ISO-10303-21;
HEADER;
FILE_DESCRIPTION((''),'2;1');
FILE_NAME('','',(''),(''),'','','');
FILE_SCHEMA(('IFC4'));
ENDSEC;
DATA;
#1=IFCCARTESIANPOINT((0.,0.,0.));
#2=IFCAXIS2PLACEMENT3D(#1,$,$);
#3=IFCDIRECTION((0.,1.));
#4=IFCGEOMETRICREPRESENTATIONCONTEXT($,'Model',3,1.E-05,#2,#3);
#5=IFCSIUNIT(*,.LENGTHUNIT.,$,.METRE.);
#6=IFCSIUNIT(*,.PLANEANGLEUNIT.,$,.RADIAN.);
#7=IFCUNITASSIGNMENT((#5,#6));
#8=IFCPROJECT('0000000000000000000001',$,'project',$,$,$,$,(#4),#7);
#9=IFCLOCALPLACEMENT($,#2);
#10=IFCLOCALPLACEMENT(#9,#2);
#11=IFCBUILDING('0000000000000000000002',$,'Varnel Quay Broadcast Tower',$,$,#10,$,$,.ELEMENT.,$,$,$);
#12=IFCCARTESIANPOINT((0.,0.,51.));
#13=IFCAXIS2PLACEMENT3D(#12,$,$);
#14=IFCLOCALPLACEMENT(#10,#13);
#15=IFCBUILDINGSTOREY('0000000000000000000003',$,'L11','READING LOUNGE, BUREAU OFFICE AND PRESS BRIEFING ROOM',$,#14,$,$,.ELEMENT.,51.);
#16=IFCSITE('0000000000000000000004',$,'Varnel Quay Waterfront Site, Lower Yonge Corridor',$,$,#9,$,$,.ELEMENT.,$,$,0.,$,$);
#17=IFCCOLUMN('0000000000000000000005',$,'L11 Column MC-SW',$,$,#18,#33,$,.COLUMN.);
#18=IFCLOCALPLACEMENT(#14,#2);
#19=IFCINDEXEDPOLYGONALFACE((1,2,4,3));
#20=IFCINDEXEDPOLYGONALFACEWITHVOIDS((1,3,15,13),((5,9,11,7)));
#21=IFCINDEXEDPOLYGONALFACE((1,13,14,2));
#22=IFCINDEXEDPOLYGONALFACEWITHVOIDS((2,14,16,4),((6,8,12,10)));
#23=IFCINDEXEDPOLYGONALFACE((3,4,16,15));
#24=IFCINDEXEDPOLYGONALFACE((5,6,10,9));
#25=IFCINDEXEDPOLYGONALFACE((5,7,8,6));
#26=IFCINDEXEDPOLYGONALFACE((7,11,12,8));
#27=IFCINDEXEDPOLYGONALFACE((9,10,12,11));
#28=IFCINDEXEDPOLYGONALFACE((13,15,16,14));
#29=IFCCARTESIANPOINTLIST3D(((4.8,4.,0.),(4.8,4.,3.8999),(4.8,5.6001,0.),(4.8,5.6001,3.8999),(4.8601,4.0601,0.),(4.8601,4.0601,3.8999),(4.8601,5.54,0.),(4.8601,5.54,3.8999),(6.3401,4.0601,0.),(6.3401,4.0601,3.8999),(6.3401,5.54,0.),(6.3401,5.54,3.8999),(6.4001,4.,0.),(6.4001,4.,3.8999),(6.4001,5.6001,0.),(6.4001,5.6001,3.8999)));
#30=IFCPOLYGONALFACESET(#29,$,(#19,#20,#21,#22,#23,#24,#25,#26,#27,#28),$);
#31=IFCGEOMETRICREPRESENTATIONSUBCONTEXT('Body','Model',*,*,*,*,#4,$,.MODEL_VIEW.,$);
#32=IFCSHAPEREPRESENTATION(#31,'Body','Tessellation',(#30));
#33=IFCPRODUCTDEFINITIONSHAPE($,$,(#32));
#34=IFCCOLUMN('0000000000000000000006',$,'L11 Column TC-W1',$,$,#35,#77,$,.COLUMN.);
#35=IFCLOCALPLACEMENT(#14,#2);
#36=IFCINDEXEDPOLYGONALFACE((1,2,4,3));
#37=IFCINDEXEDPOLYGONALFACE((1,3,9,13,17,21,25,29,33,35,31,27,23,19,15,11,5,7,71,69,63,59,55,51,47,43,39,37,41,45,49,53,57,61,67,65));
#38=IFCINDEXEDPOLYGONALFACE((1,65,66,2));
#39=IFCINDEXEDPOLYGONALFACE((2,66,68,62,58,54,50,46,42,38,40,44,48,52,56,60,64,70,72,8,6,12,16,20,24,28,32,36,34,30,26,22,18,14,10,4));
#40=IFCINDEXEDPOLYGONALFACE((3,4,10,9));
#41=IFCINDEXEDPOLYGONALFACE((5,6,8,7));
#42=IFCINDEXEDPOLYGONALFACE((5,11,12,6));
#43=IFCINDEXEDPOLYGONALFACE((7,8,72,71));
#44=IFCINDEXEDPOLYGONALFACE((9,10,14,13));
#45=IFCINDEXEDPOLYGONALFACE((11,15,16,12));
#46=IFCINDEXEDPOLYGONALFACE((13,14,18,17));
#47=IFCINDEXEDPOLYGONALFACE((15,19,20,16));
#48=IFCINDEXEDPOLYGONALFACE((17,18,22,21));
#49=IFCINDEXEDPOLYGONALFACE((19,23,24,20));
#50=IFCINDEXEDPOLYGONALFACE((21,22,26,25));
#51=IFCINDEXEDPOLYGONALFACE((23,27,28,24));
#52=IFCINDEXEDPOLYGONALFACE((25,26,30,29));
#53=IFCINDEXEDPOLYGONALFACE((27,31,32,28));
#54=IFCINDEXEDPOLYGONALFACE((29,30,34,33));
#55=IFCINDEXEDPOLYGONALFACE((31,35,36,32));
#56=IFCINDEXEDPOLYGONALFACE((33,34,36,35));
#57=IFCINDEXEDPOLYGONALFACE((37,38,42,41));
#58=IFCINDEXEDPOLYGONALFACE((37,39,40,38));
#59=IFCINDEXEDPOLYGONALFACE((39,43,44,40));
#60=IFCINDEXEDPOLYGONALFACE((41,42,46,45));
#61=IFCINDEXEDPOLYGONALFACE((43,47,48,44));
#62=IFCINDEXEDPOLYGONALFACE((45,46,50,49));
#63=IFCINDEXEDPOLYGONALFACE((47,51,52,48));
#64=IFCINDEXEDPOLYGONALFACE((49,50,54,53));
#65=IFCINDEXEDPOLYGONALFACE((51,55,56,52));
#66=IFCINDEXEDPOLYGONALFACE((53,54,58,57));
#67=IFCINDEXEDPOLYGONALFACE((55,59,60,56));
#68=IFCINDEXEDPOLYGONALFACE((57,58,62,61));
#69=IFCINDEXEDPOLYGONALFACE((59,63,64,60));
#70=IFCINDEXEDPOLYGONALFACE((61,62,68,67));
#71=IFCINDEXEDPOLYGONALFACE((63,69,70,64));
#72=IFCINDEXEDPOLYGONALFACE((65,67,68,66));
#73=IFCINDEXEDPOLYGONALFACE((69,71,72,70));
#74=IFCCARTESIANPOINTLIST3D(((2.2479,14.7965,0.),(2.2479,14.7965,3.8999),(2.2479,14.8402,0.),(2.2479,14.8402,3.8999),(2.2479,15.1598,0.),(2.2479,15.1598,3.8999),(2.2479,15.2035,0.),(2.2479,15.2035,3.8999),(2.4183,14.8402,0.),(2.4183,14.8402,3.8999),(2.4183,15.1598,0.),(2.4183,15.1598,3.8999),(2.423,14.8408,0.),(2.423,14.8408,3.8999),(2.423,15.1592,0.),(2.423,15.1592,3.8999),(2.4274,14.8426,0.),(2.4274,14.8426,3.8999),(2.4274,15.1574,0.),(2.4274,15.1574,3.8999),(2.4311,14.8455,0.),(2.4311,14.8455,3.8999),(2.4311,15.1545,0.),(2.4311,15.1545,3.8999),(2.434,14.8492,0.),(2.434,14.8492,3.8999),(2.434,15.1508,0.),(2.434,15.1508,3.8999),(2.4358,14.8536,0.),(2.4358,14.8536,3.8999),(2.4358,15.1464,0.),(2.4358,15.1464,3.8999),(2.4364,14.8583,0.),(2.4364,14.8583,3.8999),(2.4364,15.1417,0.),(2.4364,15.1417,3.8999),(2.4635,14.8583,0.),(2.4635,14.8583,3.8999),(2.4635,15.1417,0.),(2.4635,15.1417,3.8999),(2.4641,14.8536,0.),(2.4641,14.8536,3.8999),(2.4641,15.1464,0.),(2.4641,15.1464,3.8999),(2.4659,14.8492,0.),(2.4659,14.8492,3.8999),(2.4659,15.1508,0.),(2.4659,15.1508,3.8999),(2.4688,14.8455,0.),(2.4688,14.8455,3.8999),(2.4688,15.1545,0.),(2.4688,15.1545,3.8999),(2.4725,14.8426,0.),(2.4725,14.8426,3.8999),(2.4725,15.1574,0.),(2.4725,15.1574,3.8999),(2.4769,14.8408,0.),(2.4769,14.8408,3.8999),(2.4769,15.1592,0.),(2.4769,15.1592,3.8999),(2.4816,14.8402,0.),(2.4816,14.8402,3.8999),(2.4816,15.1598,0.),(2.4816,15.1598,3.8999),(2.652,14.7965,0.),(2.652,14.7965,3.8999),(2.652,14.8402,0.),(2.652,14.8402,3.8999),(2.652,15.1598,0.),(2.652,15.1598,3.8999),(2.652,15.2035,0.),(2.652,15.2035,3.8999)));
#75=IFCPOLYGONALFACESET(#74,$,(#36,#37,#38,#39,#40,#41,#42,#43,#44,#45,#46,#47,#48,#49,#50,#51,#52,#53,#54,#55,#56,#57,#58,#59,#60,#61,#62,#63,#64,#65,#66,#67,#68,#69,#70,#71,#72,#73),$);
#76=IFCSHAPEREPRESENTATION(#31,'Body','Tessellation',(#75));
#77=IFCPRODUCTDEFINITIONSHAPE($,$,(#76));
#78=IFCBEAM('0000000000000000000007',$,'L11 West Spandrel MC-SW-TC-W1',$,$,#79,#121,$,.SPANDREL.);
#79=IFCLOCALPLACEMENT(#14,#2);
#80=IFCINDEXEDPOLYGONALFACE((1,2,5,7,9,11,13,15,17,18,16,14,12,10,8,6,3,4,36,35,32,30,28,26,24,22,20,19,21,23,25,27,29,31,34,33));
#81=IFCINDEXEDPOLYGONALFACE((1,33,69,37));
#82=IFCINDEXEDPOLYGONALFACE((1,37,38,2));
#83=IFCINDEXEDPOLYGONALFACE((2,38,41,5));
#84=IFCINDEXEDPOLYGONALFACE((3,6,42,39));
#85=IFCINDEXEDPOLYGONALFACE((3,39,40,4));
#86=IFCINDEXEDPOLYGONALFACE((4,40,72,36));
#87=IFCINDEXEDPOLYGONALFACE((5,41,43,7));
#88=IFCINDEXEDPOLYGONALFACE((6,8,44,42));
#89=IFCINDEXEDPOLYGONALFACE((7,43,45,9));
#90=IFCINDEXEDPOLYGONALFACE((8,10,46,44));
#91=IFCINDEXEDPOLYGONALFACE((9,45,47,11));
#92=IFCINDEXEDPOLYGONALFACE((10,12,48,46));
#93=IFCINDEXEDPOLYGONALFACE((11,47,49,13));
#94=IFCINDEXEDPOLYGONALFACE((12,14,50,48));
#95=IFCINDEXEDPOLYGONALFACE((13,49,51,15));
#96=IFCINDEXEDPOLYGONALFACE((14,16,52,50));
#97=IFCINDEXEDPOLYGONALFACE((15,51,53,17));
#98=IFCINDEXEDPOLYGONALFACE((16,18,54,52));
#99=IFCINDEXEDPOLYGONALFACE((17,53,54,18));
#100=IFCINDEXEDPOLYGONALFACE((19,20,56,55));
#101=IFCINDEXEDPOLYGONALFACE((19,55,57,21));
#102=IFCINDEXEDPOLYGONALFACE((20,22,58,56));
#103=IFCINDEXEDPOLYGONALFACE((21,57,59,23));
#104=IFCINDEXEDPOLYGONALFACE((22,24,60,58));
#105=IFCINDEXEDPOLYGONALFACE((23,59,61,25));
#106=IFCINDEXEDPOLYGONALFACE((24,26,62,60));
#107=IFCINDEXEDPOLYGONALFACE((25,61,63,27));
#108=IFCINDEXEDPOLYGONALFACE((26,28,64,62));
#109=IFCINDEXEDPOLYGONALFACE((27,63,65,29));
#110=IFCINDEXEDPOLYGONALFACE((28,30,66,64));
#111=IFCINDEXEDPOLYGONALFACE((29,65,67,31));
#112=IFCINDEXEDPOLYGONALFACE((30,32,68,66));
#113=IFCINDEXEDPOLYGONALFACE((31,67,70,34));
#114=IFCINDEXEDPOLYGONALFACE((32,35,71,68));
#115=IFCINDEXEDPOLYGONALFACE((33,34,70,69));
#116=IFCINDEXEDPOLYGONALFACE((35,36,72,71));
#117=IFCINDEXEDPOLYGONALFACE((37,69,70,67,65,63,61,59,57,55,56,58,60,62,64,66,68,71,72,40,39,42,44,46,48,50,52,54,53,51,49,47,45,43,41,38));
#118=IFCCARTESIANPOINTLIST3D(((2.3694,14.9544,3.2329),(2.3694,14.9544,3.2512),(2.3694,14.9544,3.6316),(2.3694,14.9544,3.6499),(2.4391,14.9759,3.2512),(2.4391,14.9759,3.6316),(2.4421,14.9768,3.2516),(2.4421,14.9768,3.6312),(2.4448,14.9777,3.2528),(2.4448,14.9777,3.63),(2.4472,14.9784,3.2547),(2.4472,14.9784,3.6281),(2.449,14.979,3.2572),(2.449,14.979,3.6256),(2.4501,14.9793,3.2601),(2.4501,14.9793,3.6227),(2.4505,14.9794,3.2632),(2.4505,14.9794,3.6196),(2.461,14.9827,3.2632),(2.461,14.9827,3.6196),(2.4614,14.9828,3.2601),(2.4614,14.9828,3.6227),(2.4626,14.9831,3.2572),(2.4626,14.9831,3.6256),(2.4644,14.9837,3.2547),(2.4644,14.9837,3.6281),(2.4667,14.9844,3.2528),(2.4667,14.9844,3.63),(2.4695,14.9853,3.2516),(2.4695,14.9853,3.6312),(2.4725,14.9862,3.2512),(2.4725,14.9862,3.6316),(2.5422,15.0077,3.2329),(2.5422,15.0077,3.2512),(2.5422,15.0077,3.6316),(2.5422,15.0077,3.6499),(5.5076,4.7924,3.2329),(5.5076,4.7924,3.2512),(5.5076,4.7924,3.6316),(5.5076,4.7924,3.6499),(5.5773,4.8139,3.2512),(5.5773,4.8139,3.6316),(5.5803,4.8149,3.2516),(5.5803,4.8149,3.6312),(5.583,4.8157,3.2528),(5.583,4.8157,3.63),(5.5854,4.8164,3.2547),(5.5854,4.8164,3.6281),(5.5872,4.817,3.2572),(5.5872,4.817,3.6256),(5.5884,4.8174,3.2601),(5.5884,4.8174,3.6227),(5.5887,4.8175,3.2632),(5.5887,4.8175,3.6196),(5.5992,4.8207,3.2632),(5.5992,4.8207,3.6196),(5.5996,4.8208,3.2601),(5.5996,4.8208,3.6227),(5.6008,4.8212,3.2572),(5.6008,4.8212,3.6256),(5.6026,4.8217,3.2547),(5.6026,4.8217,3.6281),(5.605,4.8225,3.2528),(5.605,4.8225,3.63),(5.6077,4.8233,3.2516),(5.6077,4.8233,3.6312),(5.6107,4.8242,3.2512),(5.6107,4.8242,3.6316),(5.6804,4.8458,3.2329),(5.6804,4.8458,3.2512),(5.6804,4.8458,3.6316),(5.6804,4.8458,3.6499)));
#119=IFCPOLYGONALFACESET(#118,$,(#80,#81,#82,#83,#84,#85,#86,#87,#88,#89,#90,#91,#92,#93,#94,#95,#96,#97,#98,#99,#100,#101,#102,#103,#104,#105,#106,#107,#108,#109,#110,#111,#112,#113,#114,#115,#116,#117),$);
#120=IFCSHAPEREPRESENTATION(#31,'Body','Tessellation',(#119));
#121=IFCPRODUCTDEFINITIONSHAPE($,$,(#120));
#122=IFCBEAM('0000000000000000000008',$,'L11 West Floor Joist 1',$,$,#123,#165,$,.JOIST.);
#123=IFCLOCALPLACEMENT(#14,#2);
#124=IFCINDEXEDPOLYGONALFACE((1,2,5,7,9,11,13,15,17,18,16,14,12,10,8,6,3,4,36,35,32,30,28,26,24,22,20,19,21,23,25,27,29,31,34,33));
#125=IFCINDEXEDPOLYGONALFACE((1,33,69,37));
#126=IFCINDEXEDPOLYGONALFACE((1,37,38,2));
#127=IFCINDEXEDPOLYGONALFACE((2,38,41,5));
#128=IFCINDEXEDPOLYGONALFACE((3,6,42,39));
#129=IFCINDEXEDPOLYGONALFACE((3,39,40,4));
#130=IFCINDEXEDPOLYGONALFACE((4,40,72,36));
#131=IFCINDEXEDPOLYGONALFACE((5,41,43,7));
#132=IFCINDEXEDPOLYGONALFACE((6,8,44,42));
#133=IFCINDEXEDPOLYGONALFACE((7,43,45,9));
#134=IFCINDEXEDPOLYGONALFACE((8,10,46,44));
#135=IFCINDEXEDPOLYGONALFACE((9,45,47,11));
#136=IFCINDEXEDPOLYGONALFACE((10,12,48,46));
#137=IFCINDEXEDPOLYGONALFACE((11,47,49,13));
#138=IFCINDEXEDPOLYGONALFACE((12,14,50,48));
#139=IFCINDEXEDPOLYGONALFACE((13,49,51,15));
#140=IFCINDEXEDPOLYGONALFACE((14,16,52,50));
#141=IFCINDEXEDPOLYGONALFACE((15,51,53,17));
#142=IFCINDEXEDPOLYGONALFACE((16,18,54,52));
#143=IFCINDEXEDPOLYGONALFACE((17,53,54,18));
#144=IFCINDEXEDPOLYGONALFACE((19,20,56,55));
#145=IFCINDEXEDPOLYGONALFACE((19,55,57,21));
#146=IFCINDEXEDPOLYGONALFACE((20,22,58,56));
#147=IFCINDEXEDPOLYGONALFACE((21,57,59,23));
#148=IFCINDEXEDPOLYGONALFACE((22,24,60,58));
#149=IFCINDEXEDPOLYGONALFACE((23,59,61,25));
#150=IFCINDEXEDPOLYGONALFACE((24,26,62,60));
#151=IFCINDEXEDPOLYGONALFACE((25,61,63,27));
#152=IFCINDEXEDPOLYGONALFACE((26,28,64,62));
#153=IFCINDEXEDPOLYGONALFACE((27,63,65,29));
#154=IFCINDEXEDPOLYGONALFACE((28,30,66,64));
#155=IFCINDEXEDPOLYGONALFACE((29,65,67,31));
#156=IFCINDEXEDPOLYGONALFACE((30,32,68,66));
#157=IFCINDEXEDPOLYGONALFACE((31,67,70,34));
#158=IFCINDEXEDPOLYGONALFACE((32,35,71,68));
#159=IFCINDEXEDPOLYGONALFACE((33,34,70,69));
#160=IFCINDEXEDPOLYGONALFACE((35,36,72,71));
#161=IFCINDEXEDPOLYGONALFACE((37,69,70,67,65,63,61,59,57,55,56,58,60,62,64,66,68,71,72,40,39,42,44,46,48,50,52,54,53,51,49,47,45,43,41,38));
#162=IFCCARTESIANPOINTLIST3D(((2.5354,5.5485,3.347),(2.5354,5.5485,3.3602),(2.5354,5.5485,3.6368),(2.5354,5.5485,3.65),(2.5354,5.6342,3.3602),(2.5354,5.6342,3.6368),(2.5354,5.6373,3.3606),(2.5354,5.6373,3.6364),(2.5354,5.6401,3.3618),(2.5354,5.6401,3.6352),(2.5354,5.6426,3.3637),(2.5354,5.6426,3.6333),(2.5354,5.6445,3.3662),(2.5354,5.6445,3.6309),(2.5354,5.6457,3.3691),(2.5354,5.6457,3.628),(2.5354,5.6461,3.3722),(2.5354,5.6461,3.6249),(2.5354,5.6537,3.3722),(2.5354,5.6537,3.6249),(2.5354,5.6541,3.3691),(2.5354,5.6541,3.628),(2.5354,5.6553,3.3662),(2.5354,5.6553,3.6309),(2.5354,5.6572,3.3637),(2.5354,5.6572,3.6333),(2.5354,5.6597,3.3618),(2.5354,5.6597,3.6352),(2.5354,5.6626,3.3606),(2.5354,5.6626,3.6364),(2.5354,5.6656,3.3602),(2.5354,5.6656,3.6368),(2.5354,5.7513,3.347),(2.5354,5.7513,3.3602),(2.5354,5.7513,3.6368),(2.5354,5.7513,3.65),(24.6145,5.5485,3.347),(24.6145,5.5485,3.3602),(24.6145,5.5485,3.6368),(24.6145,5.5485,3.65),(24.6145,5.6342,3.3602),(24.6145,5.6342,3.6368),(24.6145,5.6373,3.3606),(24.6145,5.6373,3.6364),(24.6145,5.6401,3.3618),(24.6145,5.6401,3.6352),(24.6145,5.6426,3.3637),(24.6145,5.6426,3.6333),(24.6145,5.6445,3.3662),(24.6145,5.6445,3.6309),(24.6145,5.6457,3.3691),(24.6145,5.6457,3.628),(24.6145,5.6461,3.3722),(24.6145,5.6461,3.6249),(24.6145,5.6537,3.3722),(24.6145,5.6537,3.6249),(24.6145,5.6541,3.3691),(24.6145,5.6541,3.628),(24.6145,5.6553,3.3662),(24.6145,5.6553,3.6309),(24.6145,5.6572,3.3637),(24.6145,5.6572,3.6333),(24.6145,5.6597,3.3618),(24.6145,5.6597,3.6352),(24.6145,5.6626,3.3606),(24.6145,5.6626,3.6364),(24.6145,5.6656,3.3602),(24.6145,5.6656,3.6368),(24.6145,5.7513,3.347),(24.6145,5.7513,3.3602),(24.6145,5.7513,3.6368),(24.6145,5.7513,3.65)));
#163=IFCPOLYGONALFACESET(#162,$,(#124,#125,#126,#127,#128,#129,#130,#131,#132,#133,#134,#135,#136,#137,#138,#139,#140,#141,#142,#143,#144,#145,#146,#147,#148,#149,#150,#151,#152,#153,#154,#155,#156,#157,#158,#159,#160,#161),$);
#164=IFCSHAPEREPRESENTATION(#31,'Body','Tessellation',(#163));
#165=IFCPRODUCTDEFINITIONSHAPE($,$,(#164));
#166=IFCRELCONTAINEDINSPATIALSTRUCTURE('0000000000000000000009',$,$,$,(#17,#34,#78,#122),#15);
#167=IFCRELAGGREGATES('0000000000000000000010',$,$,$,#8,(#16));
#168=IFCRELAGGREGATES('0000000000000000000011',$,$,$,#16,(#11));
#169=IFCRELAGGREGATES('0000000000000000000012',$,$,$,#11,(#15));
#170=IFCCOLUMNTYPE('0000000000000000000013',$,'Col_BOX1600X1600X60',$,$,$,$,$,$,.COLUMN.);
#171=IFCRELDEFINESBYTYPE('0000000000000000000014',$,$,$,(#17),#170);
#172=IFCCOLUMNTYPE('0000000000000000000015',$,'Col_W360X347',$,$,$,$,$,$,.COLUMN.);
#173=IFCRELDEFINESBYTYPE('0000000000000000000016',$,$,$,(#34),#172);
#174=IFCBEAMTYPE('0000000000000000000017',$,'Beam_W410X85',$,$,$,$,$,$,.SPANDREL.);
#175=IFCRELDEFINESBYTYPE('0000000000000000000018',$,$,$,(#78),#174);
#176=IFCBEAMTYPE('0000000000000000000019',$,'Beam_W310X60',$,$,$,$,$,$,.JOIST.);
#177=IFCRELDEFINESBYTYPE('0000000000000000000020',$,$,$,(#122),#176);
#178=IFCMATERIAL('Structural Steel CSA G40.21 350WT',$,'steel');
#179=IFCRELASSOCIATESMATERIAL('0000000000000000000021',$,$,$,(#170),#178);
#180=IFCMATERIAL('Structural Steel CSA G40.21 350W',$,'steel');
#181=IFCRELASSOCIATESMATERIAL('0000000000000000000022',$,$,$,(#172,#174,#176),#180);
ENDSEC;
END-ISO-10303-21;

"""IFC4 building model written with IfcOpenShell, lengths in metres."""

from ifc_helpers import new_model, si_unit, direction, frame, origin, origin_2d, place, context, subcontext, project, spatial, hollow_rectangle, i_section, extrude, source, transform, mapped, material, material_profile, profile_set, type_object, type_shapes, element, save


model = new_model("IFC4")

# Units and contexts
model_context = context("Model", 3, precision=1e-05, world=origin(), true_north=direction((0.0, 1.0)))
body_context = subcontext(model_context, "Body", "Model", "MODEL_VIEW")
ifc_project = project(units=[si_unit("LENGTHUNIT", "METRE"), si_unit("PLANEANGLEUNIT", "RADIAN")], contexts=[model_context])

# Site, building, storey
site_placement = place(None, origin())
site = spatial("IfcSite", under=ifc_project, at=site_placement, Name="Varnel Quay Waterfront Site, Lower Yonge Corridor", CompositionType="ELEMENT", RefElevation=0.0)
building_placement = place(site_placement, origin())
building = spatial("IfcBuilding", under=site, at=building_placement, Name="Varnel Quay Broadcast Tower", CompositionType="ELEMENT")
storey_placement = place(building_placement, frame((0.0, 0.0, 51.0)))
storey = spatial("IfcBuildingStorey", under=building, at=storey_placement, Name="L11", Description="READING LOUNGE, BUREAU OFFICE AND PRESS BRIEFING ROOM", CompositionType="ELEMENT", Elevation=51.0)

# Columns
ifc_material_1 = material(Name="Structural Steel CSA G40.21 350WT", Category="steel")
ifc_material_profile_1 = material_profile(ifc_material_1, hollow_rectangle(XDim=1.6001, YDim=1.6001, WallThickness=0.0601, at=origin_2d()), Name="BOX1600X1600X60")
ifc_profile_set_1 = profile_set([ifc_material_profile_1], Name="Structural Steel CSA G40.21 350WT")
column_type_1 = type_object("IfcColumnType", Name="Col_BOX1600X1600X60", PredefinedType="COLUMN", material=ifc_profile_set_1)
shared_shape_1 = source(origin(), body_context, "Body", "SweptSolid", [
    extrude(hollow_rectangle(XDim=1.6001, YDim=1.6001, WallThickness=0.0601, at=origin_2d()), origin(), (0.0, 0.0, 1.0), 3.8999),
])
type_shapes(column_type_1, [shared_shape_1])
column_1_placement = place(storey_placement, frame((5.6001, 4.8, 0.0), z_axis=(0.0, 0.0, 1.0), x_axis=(1.0, 0.0, 0.0)))
element("IfcColumn", 1, at=column_1_placement, inside=storey, type_object=column_type_1, Name="L11 Column MC-SW", PredefinedType="COLUMN", context=body_context, shape_type="MappedRepresentation", body=[
    mapped(shared_shape_1, transform((0.0, 0.0, 0.0), x_axis=(1.0, 0.0, 0.0), y_axis=(0.0, 1.0, 0.0), z_axis=(0.0, 0.0, 1.0), scale=1.0)),
])
ifc_material_2 = material(Name="Structural Steel CSA G40.21 350W", Category="steel")
ifc_material_profile_2 = material_profile(ifc_material_2, i_section(OverallWidth=0.4041, OverallDepth=0.407, WebThickness=0.0271, FlangeThickness=0.0437, FilletRadius=0.0181, at=origin_2d()), Name="W360X347")
ifc_profile_set_2 = profile_set([ifc_material_profile_2], Name="Structural Steel CSA G40.21 350W")
column_type_2 = type_object("IfcColumnType", Name="Col_W360X347", PredefinedType="COLUMN", material=ifc_profile_set_2)
shared_shape_2 = source(origin(), body_context, "Body", "SweptSolid", [
    extrude(i_section(OverallWidth=0.4041, OverallDepth=0.407, WebThickness=0.0271, FlangeThickness=0.0437, FilletRadius=0.0181, at=origin_2d()), origin(), (0.0, 0.0, 1.0), 3.8999),
])
type_shapes(column_type_2, [shared_shape_2])
column_2_placement = place(storey_placement, frame((2.45, 15.0, 0.0), z_axis=(0.0, 0.0, 1.0), x_axis=(1.0, 0.0, 0.0)))
element("IfcColumn", 2, at=column_2_placement, inside=storey, type_object=column_type_2, Name="L11 Column TC-W1", PredefinedType="COLUMN", context=body_context, shape_type="MappedRepresentation", body=[
    mapped(shared_shape_2, transform((0.0, 0.0, 0.0), x_axis=(1.0, 0.0, 0.0), y_axis=(0.0, 1.0, 0.0), z_axis=(0.0, 0.0, 1.0), scale=1.0)),
])

# Beams
ifc_material_profile_3 = material_profile(ifc_material_2, i_section(OverallWidth=0.1809, OverallDepth=0.417, WebThickness=0.011, FlangeThickness=0.0183, FilletRadius=0.012, at=origin_2d()), Name="W410X85")
ifc_profile_set_3 = profile_set([ifc_material_profile_3], Name="Structural Steel CSA G40.21 350W")
beam_type_1 = type_object("IfcBeamType", Name="Beam_W410X85", PredefinedType="SPANDREL", material=ifc_profile_set_3)
shared_shape_3 = source(origin(), body_context, "Body", "SweptSolid", [
    extrude(i_section(OverallWidth=0.1809, OverallDepth=0.417, WebThickness=0.011, FlangeThickness=0.0183, FilletRadius=0.012, at=origin_2d()), origin(), (0.0, 0.0, 1.0), 10.6355),
])
type_shapes(beam_type_1, [shared_shape_3])
beam_1_placement = place(storey_placement, frame((5.594, 4.8191, 3.4414), z_axis=(-0.29507, 0.955476, 0.0), x_axis=(-0.955476, -0.29507, 0.0)))
element("IfcBeam", 3, at=beam_1_placement, inside=storey, type_object=beam_type_1, Name="L11 West Spandrel MC-SW-TC-W1", PredefinedType="SPANDREL", context=body_context, shape_type="MappedRepresentation", body=[
    mapped(shared_shape_3, transform((0.0, 0.0, 0.0), x_axis=(1.0, 0.0, 0.0), y_axis=(0.0, 1.0, 0.0), z_axis=(0.0, 0.0, 1.0), scale=1.0)),
])
ifc_material_profile_4 = material_profile(ifc_material_2, i_section(OverallWidth=0.2029, OverallDepth=0.303, WebThickness=0.0076, FlangeThickness=0.0132, FilletRadius=0.012, at=origin_2d()), Name="W310X60")
ifc_profile_set_4 = profile_set([ifc_material_profile_4], Name="Structural Steel CSA G40.21 350W")
beam_type_2 = type_object("IfcBeamType", Name="Beam_W310X60", PredefinedType="JOIST", material=ifc_profile_set_4)
shared_shape_4 = source(origin(), body_context, "Body", "SweptSolid", [
    extrude(i_section(OverallWidth=0.2029, OverallDepth=0.303, WebThickness=0.0076, FlangeThickness=0.0132, FilletRadius=0.012, at=origin_2d()), origin(), (0.0, 0.0, 1.0), 22.0791),
])
type_shapes(beam_type_2, [shared_shape_4])
for number, where, z_axis, x_axis, name in (
    (4, (2.5354, 5.6499, 3.4985), (1.0, 0.0, 0.0), (0.0, 1.0, 0.0), "L11 West Floor Joist 1"),
):
    element("IfcBeam", number, at=place(storey_placement, frame(where, z_axis=z_axis, x_axis=x_axis)), inside=storey, type_object=beam_type_2, Name=name, PredefinedType="JOIST", context=body_context, shape_type="MappedRepresentation", body=[
        mapped(shared_shape_4, transform((0.0, 0.0, 0.0), x_axis=(1.0, 0.0, 0.0), y_axis=(0.0, 1.0, 0.0), z_axis=(0.0, 0.0, 1.0), scale=1.0)),
    ])

save(model, "model.ifc")
